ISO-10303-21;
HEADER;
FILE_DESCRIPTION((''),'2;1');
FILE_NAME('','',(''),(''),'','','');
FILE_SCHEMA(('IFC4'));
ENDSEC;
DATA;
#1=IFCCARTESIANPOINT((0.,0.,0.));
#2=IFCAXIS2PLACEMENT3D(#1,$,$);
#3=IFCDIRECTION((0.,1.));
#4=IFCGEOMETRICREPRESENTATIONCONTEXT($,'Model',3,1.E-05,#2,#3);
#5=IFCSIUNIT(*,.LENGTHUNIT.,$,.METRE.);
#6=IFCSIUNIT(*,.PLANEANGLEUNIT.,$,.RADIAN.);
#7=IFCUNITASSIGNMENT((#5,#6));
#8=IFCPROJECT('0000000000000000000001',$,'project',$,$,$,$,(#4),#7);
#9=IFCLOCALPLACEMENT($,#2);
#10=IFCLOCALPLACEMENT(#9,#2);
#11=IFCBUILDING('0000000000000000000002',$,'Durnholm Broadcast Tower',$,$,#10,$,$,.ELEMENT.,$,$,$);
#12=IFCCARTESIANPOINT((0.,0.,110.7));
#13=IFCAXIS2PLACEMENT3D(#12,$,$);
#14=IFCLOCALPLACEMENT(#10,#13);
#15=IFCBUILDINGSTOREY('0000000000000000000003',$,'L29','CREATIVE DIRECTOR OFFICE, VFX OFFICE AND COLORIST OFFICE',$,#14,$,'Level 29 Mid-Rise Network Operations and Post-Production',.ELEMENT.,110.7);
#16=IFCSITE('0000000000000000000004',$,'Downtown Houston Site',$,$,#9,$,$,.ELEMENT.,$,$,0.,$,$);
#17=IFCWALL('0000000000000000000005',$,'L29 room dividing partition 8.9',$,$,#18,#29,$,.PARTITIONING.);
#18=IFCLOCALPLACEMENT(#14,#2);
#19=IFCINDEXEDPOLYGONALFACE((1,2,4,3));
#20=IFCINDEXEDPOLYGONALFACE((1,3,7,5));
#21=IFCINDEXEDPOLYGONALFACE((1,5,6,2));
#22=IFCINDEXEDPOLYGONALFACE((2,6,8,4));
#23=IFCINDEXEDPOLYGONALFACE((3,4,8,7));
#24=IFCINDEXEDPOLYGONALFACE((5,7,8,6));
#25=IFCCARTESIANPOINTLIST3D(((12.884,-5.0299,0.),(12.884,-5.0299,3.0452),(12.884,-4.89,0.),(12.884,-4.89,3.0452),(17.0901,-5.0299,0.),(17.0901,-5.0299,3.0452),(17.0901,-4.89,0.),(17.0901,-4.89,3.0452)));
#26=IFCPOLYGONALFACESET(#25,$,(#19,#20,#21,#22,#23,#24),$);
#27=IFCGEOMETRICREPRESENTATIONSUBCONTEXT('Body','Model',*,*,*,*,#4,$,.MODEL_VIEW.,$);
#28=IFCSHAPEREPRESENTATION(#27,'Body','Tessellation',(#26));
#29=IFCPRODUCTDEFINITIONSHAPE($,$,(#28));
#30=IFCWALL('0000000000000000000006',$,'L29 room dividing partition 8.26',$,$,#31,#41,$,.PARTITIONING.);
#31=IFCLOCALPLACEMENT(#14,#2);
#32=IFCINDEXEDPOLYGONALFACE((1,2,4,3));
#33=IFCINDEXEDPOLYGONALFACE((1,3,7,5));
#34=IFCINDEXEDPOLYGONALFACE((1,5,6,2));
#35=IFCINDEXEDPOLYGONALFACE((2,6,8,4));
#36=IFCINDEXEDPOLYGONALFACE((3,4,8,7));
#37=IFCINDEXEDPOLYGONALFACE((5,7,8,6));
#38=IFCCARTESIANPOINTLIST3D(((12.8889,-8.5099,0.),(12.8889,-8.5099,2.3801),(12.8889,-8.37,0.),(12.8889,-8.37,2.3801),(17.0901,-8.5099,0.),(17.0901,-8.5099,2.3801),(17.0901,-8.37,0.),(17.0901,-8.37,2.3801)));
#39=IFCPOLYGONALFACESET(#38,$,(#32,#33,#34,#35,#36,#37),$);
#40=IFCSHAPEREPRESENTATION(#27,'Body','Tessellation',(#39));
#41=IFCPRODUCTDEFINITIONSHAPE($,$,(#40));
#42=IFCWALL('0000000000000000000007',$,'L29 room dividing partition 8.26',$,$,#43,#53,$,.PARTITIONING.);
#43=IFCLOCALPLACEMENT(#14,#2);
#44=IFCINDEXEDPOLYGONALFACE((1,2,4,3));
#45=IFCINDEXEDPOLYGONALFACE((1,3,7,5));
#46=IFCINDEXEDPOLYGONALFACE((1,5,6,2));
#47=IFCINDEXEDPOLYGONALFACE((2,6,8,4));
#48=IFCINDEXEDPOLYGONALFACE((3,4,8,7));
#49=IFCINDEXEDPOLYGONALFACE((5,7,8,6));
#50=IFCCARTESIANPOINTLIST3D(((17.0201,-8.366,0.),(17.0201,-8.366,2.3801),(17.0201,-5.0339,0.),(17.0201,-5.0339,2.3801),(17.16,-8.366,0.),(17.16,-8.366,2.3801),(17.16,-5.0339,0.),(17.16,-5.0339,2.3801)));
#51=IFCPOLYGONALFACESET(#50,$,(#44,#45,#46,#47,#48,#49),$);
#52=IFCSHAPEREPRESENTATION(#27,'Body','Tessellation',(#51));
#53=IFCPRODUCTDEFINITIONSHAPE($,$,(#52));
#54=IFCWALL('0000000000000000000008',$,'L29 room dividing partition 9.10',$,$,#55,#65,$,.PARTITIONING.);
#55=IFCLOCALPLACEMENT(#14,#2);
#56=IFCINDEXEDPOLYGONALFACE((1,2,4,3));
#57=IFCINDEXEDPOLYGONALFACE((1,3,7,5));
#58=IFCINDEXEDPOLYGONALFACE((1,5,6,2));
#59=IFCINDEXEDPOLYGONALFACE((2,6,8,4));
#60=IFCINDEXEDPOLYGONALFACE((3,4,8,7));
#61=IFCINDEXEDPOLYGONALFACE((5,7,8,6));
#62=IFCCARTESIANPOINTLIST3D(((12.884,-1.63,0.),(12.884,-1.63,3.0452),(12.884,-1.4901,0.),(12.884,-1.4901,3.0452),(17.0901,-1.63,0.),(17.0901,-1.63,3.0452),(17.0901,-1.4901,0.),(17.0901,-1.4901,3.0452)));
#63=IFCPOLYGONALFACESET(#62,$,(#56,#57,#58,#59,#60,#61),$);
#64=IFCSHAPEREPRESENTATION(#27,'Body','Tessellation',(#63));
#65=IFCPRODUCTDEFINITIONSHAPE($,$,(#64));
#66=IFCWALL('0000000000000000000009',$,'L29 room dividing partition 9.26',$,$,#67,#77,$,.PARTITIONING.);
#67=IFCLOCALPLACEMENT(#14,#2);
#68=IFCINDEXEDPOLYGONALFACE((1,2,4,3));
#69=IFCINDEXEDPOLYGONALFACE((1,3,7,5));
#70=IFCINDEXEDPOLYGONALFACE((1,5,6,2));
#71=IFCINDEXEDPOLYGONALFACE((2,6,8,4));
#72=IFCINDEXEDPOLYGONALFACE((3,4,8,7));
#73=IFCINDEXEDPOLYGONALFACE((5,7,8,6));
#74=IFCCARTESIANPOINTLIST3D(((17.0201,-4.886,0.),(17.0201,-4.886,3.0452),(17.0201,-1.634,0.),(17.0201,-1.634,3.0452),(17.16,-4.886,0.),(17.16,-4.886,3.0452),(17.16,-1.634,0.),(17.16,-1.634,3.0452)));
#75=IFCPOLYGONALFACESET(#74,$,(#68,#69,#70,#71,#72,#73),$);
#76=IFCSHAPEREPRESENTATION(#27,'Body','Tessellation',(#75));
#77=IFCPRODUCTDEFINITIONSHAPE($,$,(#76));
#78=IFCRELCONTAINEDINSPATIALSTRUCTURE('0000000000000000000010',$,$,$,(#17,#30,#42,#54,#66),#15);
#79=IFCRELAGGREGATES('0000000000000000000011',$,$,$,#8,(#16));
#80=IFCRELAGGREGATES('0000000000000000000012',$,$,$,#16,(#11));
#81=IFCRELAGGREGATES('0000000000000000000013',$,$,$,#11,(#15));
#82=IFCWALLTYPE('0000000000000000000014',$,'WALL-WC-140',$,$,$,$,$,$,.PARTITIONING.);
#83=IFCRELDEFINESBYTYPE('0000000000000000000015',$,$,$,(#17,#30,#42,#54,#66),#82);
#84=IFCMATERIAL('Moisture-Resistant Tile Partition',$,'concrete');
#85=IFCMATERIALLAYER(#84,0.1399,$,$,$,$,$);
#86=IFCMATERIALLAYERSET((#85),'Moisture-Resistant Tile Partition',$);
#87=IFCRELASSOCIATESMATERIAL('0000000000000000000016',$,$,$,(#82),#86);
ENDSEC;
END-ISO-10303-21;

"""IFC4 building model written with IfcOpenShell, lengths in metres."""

from ifc_helpers import new_model, si_unit, direction, frame, frame_2d, origin, place, context, subcontext, project, spatial, rectangle, extrude, material, layer, layer_set, type_object, element, save


model = new_model("IFC4")

# Units and contexts
model_context = context("Model", 3, precision=1e-05, world=origin(), true_north=direction((0.0, 1.0)))
body_context = subcontext(model_context, "Body", "Model", "MODEL_VIEW")
ifc_project = project(units=[si_unit("LENGTHUNIT", "METRE"), si_unit("PLANEANGLEUNIT", "RADIAN")], contexts=[model_context])

# Site, building, storey
site_placement = place(None, origin())
site = spatial("IfcSite", under=ifc_project, at=site_placement, Name="Downtown Houston Site", CompositionType="ELEMENT", RefElevation=0.0)
building_placement = place(site_placement, origin())
building = spatial("IfcBuilding", under=site, at=building_placement, Name="Durnholm Broadcast Tower", CompositionType="ELEMENT")
storey_placement = place(building_placement, frame((0.0, 0.0, 110.7)))
storey = spatial("IfcBuildingStorey", under=building, at=storey_placement, Name="L29", Description="CREATIVE DIRECTOR OFFICE, VFX OFFICE AND COLORIST OFFICE", LongName="Level 29 Mid-Rise Network Operations and Post-Production", CompositionType="ELEMENT", Elevation=110.7)

# Shared definitions
ifc_material_1 = material(Name="Moisture-Resistant Tile Partition", Category="concrete")
ifc_layer_1 = layer(ifc_material_1, 0.1399)
ifc_layer_set_1 = layer_set([ifc_layer_1], Name="Moisture-Resistant Tile Partition")
wall_type_1 = type_object("IfcWallType", Name="WALL-WC-140", PredefinedType="PARTITIONING", material=ifc_layer_set_1)

# Walls
wall_1_placement = place(storey_placement, frame((12.884, -4.96, 0.0), z_axis=(0.0, 0.0, 1.0), x_axis=(1.0, 0.0, 0.0)))
element("IfcWall", 1, at=wall_1_placement, inside=storey, type_object=wall_type_1, Name="L29 room dividing partition 8.9", PredefinedType="PARTITIONING", context=body_context, shape_type="SweptSolid", body=[
    extrude(rectangle(XDim=4.2061, YDim=0.1399, at=frame_2d((2.103, 0.0))), origin(), (0.0, 0.0, 1.0), 3.0452),
])
wall_2_placement = place(storey_placement, frame((17.0901, -8.4399, 0.0), z_axis=(0.0, 0.0, 1.0), x_axis=(-1.0, 0.0, 0.0)))
element("IfcWall", 2, at=wall_2_placement, inside=storey, type_object=wall_type_1, Name="L29 room dividing partition 8.26", PredefinedType="PARTITIONING", context=body_context, shape_type="SweptSolid", body=[
    extrude(rectangle(XDim=4.2012, YDim=0.1399, at=frame_2d((2.1006, 0.0))), origin(), (0.0, 0.0, 1.0), 2.3801),
])
wall_3_placement = place(storey_placement, frame((17.0901, -5.0339, 0.0), z_axis=(0.0, 0.0, 1.0), x_axis=(0.0, -1.0, 0.0)))
element("IfcWall", 3, at=wall_3_placement, inside=storey, type_object=wall_type_1, Name="L29 room dividing partition 8.26", PredefinedType="PARTITIONING", context=body_context, shape_type="SweptSolid", body=[
    extrude(rectangle(XDim=3.332, YDim=0.1399, at=frame_2d((1.666, 0.0))), origin(), (0.0, 0.0, 1.0), 2.3801),
])
wall_4_placement = place(storey_placement, frame((12.884, -1.5601, 0.0), z_axis=(0.0, 0.0, 1.0), x_axis=(1.0, 0.0, 0.0)))
element("IfcWall", 4, at=wall_4_placement, inside=storey, type_object=wall_type_1, Name="L29 room dividing partition 9.10", PredefinedType="PARTITIONING", context=body_context, shape_type="SweptSolid", body=[
    extrude(rectangle(XDim=4.2061, YDim=0.1399, at=frame_2d((2.103, 0.0))), origin(), (0.0, 0.0, 1.0), 3.0452),
])
wall_5_placement = place(storey_placement, frame((17.0901, -1.634, 0.0), z_axis=(0.0, 0.0, 1.0), x_axis=(0.0, -1.0, 0.0)))
element("IfcWall", 5, at=wall_5_placement, inside=storey, type_object=wall_type_1, Name="L29 room dividing partition 9.26", PredefinedType="PARTITIONING", context=body_context, shape_type="SweptSolid", body=[
    extrude(rectangle(XDim=3.252, YDim=0.1399, at=frame_2d((1.626, 0.0))), origin(), (0.0, 0.0, 1.0), 3.0452),
])

save(model, "model.ifc")
